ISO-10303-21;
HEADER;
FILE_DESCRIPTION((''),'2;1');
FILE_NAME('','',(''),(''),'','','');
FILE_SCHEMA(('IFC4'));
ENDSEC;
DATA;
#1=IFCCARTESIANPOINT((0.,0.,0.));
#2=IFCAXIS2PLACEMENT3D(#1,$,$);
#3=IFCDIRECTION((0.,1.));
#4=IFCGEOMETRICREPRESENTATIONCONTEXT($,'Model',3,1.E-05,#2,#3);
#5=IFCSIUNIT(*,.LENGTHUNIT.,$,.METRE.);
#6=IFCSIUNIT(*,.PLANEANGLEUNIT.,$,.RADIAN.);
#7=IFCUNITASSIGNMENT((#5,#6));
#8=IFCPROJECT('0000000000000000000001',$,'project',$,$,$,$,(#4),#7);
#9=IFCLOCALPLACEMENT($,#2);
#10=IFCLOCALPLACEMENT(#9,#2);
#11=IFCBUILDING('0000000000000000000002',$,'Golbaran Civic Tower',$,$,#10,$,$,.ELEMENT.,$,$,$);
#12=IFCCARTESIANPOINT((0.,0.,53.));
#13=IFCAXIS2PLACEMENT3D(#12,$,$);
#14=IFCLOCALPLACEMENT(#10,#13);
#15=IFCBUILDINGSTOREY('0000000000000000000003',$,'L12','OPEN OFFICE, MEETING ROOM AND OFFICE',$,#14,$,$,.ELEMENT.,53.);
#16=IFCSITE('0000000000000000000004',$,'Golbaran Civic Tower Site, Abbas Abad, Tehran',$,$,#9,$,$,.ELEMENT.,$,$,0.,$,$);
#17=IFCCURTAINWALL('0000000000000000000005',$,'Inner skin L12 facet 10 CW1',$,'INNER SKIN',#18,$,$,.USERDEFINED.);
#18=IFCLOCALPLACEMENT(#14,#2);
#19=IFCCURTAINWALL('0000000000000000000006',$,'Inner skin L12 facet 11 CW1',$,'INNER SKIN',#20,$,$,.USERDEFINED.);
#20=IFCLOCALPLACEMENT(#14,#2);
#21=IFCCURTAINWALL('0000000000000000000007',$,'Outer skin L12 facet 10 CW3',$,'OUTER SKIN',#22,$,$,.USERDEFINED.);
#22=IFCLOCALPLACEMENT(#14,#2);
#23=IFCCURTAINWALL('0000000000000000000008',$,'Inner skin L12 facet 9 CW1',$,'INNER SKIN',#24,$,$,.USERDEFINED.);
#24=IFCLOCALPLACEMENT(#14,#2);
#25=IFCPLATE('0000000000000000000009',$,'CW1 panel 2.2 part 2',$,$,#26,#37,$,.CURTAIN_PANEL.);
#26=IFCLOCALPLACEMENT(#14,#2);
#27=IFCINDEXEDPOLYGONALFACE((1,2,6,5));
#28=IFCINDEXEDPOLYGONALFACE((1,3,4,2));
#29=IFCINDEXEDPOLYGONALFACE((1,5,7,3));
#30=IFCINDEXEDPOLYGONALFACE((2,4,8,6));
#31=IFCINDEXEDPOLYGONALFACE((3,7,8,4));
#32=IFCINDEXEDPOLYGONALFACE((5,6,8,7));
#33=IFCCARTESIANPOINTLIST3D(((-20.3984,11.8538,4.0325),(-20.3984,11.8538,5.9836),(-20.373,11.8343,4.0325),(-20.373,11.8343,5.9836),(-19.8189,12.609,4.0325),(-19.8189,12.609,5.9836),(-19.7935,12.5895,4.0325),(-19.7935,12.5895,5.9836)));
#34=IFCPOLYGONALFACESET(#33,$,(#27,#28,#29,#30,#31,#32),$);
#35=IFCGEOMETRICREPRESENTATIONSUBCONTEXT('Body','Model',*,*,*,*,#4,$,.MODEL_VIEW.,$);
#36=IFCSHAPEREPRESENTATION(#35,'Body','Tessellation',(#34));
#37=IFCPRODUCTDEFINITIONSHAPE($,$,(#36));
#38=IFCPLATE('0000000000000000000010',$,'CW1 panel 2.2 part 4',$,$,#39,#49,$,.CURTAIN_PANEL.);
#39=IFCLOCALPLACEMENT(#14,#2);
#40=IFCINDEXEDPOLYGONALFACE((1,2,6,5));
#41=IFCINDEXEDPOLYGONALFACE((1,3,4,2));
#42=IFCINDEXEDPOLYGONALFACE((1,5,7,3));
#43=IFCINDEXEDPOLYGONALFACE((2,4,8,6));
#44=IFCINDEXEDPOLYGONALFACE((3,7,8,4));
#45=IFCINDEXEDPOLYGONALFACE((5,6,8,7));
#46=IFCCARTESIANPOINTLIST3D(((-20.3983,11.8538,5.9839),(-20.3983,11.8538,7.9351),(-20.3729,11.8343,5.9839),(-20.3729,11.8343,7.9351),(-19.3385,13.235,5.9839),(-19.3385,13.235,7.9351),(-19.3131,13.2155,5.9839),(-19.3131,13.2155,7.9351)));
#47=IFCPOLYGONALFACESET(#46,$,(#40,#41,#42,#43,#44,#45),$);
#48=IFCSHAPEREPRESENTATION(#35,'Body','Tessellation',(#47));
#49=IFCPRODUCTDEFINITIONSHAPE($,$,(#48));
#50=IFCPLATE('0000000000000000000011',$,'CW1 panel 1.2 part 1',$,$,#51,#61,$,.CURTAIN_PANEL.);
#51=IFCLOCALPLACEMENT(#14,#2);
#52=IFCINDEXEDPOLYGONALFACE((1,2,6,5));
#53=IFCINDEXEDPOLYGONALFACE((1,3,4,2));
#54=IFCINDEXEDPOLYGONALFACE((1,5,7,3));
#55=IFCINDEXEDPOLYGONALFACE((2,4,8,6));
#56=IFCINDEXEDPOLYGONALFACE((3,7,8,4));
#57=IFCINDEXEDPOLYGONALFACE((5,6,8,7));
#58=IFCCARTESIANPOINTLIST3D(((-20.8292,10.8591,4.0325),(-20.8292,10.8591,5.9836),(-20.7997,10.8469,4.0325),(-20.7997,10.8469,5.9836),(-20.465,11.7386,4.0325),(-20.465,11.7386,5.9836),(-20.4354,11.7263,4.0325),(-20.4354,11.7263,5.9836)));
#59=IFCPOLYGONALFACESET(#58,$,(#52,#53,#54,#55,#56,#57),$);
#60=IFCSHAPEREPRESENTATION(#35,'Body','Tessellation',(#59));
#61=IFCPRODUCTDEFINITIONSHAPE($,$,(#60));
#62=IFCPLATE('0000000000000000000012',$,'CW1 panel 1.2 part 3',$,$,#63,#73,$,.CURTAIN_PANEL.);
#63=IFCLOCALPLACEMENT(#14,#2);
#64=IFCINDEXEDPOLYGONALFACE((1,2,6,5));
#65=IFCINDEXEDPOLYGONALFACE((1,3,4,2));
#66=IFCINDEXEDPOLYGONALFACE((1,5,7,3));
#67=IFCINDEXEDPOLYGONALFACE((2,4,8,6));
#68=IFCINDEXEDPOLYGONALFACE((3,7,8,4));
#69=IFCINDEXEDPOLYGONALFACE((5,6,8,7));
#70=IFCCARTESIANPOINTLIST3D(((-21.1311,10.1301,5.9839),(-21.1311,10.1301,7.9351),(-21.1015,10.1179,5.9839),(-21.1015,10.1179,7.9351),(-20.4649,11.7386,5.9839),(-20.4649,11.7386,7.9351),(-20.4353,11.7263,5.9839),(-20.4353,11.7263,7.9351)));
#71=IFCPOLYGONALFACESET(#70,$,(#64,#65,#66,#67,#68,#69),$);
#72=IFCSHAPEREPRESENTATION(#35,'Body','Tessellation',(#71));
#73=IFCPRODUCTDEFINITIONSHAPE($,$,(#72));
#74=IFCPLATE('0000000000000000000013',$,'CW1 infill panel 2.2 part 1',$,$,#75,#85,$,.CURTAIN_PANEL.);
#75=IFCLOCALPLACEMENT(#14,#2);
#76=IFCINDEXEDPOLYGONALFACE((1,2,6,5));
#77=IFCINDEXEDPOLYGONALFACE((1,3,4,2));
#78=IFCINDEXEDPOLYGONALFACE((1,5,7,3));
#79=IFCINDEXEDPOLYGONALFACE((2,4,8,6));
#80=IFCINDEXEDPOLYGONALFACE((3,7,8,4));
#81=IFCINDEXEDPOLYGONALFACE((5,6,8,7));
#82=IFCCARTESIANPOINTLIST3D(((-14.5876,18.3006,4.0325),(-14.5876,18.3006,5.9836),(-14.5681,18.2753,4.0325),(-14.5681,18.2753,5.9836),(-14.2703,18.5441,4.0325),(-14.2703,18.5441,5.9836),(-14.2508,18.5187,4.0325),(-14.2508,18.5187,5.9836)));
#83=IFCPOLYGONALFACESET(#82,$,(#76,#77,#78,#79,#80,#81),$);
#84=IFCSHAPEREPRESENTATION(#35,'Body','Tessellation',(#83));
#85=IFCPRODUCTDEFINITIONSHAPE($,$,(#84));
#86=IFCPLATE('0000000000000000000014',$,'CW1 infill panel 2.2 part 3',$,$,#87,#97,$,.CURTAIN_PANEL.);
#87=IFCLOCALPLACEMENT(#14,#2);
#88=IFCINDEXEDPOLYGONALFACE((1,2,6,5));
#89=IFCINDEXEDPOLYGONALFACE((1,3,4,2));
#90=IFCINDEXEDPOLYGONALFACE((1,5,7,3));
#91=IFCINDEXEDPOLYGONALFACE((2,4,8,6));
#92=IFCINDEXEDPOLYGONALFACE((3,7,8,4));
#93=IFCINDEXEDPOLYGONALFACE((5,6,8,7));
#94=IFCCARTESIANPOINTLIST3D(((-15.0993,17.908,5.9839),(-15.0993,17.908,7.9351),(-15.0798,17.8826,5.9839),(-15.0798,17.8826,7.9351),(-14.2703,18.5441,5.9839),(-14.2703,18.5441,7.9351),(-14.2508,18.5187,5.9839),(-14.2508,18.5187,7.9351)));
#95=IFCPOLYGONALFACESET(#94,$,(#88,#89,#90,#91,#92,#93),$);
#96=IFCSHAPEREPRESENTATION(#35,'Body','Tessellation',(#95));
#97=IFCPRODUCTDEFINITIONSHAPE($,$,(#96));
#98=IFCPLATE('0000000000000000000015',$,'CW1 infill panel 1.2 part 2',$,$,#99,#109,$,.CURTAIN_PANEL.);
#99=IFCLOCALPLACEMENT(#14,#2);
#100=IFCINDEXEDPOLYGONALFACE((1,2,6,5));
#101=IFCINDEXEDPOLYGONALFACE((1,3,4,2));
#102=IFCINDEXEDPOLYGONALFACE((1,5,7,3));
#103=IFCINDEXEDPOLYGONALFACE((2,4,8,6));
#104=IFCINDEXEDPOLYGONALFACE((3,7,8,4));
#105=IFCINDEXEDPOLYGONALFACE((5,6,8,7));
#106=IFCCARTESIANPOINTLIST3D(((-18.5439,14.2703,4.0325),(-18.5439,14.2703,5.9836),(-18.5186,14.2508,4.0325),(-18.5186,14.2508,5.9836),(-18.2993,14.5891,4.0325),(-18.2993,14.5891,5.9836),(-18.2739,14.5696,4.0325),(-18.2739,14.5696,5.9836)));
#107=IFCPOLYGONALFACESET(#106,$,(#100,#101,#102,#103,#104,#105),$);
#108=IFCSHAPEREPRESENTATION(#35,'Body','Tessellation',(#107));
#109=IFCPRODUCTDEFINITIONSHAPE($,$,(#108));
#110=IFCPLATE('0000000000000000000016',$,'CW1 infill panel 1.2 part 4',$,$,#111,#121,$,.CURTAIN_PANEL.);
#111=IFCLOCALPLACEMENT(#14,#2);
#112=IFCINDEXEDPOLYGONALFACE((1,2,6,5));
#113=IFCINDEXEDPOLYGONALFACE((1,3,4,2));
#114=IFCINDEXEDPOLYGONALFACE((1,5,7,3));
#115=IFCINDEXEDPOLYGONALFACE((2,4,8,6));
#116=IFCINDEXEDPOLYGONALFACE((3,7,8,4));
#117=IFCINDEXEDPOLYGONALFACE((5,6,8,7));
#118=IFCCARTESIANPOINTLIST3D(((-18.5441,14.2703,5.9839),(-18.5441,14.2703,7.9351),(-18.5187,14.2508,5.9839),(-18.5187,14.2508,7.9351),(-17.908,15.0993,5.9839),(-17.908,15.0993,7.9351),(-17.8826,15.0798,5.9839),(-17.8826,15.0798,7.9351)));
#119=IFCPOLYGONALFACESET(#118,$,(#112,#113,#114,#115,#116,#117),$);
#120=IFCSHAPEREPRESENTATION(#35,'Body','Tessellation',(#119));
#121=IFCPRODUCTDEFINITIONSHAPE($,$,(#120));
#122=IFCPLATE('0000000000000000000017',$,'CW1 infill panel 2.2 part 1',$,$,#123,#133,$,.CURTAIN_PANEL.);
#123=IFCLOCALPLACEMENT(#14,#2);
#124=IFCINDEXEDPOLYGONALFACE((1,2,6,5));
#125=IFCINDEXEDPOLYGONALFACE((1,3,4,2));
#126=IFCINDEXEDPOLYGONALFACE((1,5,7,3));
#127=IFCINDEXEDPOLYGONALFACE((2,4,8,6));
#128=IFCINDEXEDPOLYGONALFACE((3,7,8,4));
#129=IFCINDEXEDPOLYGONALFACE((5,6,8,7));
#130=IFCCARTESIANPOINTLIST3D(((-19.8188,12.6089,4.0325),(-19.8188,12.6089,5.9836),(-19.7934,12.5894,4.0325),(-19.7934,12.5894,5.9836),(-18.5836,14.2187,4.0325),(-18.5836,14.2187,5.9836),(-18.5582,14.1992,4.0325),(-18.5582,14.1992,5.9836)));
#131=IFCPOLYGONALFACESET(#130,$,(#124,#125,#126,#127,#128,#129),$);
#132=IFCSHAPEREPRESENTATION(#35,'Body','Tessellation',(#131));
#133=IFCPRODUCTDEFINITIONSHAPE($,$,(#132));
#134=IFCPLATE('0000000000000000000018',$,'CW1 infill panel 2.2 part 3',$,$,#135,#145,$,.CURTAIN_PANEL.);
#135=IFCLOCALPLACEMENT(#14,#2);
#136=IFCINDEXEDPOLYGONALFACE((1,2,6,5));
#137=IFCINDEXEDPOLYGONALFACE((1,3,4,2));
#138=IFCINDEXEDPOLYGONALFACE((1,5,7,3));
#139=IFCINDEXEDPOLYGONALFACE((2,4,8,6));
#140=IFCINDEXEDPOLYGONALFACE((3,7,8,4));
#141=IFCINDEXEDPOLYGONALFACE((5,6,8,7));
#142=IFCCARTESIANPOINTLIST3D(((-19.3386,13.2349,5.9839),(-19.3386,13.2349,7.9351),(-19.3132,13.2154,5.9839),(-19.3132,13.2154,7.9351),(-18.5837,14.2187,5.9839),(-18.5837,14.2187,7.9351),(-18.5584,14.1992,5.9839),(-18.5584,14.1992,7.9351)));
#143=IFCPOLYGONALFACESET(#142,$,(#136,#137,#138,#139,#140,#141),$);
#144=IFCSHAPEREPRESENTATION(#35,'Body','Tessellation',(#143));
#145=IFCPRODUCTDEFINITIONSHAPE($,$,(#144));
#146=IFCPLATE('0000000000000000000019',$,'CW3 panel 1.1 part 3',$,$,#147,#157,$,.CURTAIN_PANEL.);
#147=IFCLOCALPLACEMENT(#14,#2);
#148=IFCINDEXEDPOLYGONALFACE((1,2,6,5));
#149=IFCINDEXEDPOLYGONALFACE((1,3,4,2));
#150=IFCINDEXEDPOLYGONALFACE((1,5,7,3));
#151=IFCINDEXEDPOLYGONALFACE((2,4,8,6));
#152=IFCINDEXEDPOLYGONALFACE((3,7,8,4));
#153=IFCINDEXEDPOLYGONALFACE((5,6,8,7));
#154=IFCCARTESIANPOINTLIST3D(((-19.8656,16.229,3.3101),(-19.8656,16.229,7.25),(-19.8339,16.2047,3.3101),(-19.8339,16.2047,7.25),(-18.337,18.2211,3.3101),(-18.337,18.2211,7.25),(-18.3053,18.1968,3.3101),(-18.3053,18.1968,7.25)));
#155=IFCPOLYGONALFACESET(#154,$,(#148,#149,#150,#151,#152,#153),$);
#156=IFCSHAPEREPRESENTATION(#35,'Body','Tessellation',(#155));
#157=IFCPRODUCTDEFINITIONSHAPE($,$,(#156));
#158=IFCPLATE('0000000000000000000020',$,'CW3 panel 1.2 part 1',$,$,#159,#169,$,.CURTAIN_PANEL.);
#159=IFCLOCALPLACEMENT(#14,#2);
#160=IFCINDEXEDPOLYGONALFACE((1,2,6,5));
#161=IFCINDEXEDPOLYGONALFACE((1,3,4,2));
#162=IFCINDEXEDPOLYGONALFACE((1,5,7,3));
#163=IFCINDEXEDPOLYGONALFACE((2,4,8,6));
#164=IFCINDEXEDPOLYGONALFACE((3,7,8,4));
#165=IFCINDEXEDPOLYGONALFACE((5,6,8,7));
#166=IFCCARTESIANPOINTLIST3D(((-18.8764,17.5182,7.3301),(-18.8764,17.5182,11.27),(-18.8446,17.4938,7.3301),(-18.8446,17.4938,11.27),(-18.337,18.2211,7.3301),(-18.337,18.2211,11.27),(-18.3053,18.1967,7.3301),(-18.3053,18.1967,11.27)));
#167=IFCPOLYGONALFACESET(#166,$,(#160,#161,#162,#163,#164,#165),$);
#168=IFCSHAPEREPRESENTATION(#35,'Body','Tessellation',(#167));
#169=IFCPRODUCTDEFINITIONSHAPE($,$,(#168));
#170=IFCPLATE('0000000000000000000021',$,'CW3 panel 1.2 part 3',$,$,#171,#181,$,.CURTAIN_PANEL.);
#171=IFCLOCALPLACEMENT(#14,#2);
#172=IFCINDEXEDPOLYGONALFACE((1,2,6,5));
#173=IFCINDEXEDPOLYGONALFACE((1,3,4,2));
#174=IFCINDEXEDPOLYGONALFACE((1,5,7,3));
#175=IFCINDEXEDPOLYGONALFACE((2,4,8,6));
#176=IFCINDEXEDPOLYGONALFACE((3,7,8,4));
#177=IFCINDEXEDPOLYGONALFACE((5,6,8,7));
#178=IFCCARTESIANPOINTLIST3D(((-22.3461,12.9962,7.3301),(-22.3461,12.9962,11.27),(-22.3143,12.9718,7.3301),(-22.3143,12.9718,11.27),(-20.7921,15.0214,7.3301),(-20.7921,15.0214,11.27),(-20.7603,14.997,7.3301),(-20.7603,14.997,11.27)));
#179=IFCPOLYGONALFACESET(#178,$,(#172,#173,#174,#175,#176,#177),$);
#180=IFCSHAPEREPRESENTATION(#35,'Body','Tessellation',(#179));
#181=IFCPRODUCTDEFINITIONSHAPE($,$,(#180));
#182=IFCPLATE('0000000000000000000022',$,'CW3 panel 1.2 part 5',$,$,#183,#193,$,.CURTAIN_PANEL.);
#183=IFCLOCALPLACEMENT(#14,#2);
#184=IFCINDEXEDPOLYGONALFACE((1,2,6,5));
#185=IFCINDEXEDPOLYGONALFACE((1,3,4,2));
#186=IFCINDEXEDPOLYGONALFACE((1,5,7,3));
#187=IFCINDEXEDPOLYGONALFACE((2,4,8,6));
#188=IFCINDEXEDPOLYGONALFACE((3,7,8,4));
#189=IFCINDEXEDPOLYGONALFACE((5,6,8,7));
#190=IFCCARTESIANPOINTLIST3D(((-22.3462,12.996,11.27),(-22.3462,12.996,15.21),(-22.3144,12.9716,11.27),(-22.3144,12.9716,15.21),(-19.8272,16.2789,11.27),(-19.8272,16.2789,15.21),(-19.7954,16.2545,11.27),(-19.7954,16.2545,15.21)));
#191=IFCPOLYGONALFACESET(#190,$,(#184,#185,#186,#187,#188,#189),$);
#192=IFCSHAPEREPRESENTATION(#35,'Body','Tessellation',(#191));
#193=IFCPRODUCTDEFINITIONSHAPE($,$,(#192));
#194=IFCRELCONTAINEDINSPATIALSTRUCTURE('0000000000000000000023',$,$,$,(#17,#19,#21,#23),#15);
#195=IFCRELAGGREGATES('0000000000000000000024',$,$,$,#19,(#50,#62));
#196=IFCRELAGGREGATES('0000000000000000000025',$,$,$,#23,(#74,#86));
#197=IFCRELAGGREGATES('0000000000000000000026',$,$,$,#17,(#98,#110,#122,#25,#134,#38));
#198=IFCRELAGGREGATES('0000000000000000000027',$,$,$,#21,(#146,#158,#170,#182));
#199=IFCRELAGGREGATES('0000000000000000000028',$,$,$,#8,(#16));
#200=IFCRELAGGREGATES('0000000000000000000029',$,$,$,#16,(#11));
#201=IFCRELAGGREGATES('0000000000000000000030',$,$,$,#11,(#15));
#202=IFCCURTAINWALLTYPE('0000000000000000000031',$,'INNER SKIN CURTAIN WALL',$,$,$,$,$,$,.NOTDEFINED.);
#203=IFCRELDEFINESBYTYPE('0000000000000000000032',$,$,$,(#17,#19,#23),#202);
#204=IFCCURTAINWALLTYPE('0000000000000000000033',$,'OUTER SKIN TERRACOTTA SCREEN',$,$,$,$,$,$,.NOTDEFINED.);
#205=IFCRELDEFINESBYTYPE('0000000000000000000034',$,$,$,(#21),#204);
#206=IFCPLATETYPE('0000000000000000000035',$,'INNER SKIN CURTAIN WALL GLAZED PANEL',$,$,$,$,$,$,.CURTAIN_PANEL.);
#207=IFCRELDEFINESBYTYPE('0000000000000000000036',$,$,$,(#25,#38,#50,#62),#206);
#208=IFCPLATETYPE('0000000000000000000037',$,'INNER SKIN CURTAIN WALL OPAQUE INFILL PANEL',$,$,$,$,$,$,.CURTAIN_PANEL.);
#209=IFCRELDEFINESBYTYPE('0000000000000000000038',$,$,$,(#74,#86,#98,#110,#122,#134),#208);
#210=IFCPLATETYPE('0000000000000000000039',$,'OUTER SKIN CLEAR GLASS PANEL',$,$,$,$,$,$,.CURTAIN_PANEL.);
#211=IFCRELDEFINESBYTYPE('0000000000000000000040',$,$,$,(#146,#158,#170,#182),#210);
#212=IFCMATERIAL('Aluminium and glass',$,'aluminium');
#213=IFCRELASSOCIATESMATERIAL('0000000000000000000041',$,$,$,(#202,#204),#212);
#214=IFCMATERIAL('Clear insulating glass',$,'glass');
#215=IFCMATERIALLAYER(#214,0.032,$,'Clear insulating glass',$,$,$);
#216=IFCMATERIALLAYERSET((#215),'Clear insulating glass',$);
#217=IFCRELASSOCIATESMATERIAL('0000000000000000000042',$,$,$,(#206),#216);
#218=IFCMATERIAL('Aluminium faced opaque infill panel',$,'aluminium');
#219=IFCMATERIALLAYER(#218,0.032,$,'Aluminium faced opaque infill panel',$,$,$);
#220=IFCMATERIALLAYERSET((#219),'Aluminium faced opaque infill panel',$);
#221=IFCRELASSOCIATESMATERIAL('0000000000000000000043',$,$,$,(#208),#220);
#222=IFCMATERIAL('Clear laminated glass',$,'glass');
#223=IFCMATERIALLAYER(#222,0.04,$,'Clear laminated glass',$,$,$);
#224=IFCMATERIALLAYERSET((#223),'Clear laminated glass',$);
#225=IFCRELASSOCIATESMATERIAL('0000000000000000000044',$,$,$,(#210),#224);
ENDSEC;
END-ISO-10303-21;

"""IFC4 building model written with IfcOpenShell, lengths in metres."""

from ifc_helpers import new_model, si_unit, direction, frame, origin, origin_2d, place, context, subcontext, project, spatial, rectangle, extrude, material, layer, layer_set, type_object, element, aggregate, save


model = new_model("IFC4")

# Units and contexts
model_context = context("Model", 3, precision=1e-05, world=origin(), true_north=direction((0.0, 1.0)))
body_context = subcontext(model_context, "Body", "Model", "MODEL_VIEW")
ifc_project = project(units=[si_unit("LENGTHUNIT", "METRE"), si_unit("PLANEANGLEUNIT", "RADIAN")], contexts=[model_context])

# Site, building, storey
site_placement = place(None, origin())
site = spatial("IfcSite", under=ifc_project, at=site_placement, Name="Golbaran Civic Tower Site, Abbas Abad, Tehran", CompositionType="ELEMENT", RefElevation=0.0)
building_placement = place(site_placement, origin())
building = spatial("IfcBuilding", under=site, at=building_placement, Name="Golbaran Civic Tower", CompositionType="ELEMENT")
storey_placement = place(building_placement, frame((0.0, 0.0, 53.0)))
storey = spatial("IfcBuildingStorey", under=building, at=storey_placement, Name="L12", Description="OPEN OFFICE, MEETING ROOM AND OFFICE", CompositionType="ELEMENT", Elevation=53.0)

# Curtain walls
ifc_material_1 = material(Name="Aluminium and glass", Category="aluminium")
curtain_wall_type_1 = type_object("IfcCurtainWallType", Name="INNER SKIN CURTAIN WALL", PredefinedType="NOTDEFINED", material=ifc_material_1)
curtain_wall_1_placement = place(storey_placement, origin())
curtain_wall_1 = element("IfcCurtainWall", 1, at=curtain_wall_1_placement, inside=storey, type_object=curtain_wall_type_1, Name="Inner skin L12 facet 10 CW1", ObjectType="INNER SKIN", PredefinedType="USERDEFINED")
curtain_wall_2_placement = place(storey_placement, origin())
curtain_wall_2 = element("IfcCurtainWall", 2, at=curtain_wall_2_placement, inside=storey, type_object=curtain_wall_type_1, Name="Inner skin L12 facet 11 CW1", ObjectType="INNER SKIN", PredefinedType="USERDEFINED")
curtain_wall_type_2 = type_object("IfcCurtainWallType", Name="OUTER SKIN TERRACOTTA SCREEN", PredefinedType="NOTDEFINED", material=ifc_material_1)
curtain_wall_3_placement = place(storey_placement, origin())
curtain_wall_3 = element("IfcCurtainWall", 3, at=curtain_wall_3_placement, inside=storey, type_object=curtain_wall_type_2, Name="Outer skin L12 facet 10 CW3", ObjectType="OUTER SKIN", PredefinedType="USERDEFINED")

# Curtain wall
curtain_wall_4_placement = place(storey_placement, origin())
curtain_wall_4 = element("IfcCurtainWall", 4, at=curtain_wall_4_placement, inside=storey, type_object=curtain_wall_type_1, Name="Inner skin L12 facet 9 CW1", ObjectType="INNER SKIN", PredefinedType="USERDEFINED")
ifc_material_2 = material(Name="Clear insulating glass", Category="glass")
ifc_layer_1 = layer(ifc_material_2, 0.032, Name="Clear insulating glass")
ifc_layer_set_1 = layer_set([ifc_layer_1], Name="Clear insulating glass")
plate_type_1 = type_object("IfcPlateType", Name="INNER SKIN CURTAIN WALL GLAZED PANEL", PredefinedType="CURTAIN_PANEL", material=ifc_layer_set_1)

# Plates
plate_1_placement = place(storey_placement, frame((-20.0959, 12.2217, 4.0325), z_axis=(0.0, 0.0, 1.0), x_axis=(-0.608761, -0.793353, 0.0)))
plate_1 = element("IfcPlate", 5, at=plate_1_placement, type_object=plate_type_1, Name="CW1 panel 2.2 part 2", PredefinedType="CURTAIN_PANEL", context=body_context, shape_type="SweptSolid", body=[
    extrude(rectangle(XDim=0.9519, YDim=0.032, at=origin_2d()), origin(), (0.0, 0.0, 1.0), 1.9512),
])
plate_2_placement = place(storey_placement, frame((-19.8557, 12.5347, 5.9839), z_axis=(0.0, 0.0, 1.0), x_axis=(-0.608761, -0.793353, 0.0)))
plate_2 = element("IfcPlate", 6, at=plate_2_placement, type_object=plate_type_1, Name="CW1 panel 2.2 part 4", PredefinedType="CURTAIN_PANEL", context=body_context, shape_type="SweptSolid", body=[
    extrude(rectangle(XDim=1.741, YDim=0.032, at=origin_2d()), origin(), (0.0, 0.0, 1.0), 1.9512),
])
plate_3_placement = place(storey_placement, frame((-20.6323, 11.2927, 4.0325), z_axis=(0.0, 0.0, 1.0), x_axis=(-0.382683, -0.92388, 0.0)))
plate_3 = element("IfcPlate", 7, at=plate_3_placement, type_object=plate_type_1, Name="CW1 panel 1.2 part 1", PredefinedType="CURTAIN_PANEL", context=body_context, shape_type="SweptSolid", body=[
    extrude(rectangle(XDim=0.9519, YDim=0.032, at=origin_2d()), origin(), (0.0, 0.0, 1.0), 1.9512),
])
plate_4_placement = place(storey_placement, frame((-20.7832, 10.9282, 5.9839), z_axis=(0.0, 0.0, 1.0), x_axis=(-0.382683, -0.92388, 0.0)))
plate_4 = element("IfcPlate", 8, at=plate_4_placement, type_object=plate_type_1, Name="CW1 panel 1.2 part 3", PredefinedType="CURTAIN_PANEL", context=body_context, shape_type="SweptSolid", body=[
    extrude(rectangle(XDim=1.741, YDim=0.032, at=origin_2d()), origin(), (0.0, 0.0, 1.0), 1.9512),
])
aggregate(curtain_wall_2, [plate_3, plate_4])
ifc_material_3 = material(Name="Aluminium faced opaque infill panel", Category="aluminium")
ifc_layer_2 = layer(ifc_material_3, 0.032, Name="Aluminium faced opaque infill panel")
ifc_layer_set_2 = layer_set([ifc_layer_2], Name="Aluminium faced opaque infill panel")
plate_type_2 = type_object("IfcPlateType", Name="INNER SKIN CURTAIN WALL OPAQUE INFILL PANEL", PredefinedType="CURTAIN_PANEL", material=ifc_layer_set_2)
plate_5_placement = place(storey_placement, frame((-14.4192, 18.4097, 4.0325), z_axis=(0.0, 0.0, 1.0), x_axis=(-0.793353, -0.608761, 0.0)))
plate_5 = element("IfcPlate", 9, at=plate_5_placement, type_object=plate_type_2, Name="CW1 infill panel 2.2 part 1", PredefinedType="CURTAIN_PANEL", context=body_context, shape_type="SweptSolid", body=[
    extrude(rectangle(XDim=0.3999, YDim=0.032, at=origin_2d()), origin(), (0.0, 0.0, 1.0), 1.9512),
])
plate_6_placement = place(storey_placement, frame((-14.675, 18.2134, 5.9839), z_axis=(0.0, 0.0, 1.0), x_axis=(-0.793353, -0.608761, 0.0)))
plate_6 = element("IfcPlate", 10, at=plate_6_placement, type_object=plate_type_2, Name="CW1 infill panel 2.2 part 3", PredefinedType="CURTAIN_PANEL", context=body_context, shape_type="SweptSolid", body=[
    extrude(rectangle(XDim=1.0449, YDim=0.032, at=origin_2d()), origin(), (0.0, 0.0, 1.0), 1.9512),
])
aggregate(curtain_wall_4, [plate_5, plate_6])
plate_7_placement = place(storey_placement, frame((-18.4089, 14.4199, 4.0325), z_axis=(0.0, 0.0, 1.0), x_axis=(-0.608761, -0.793353, 0.0)))
plate_7 = element("IfcPlate", 11, at=plate_7_placement, type_object=plate_type_2, Name="CW1 infill panel 1.2 part 2", PredefinedType="CURTAIN_PANEL", context=body_context, shape_type="SweptSolid", body=[
    extrude(rectangle(XDim=0.4019, YDim=0.032, at=origin_2d()), origin(), (0.0, 0.0, 1.0), 1.9512),
])
plate_8_placement = place(storey_placement, frame((-18.2134, 14.675, 5.9839), z_axis=(0.0, 0.0, 1.0), x_axis=(-0.608761, -0.793353, 0.0)))
plate_8 = element("IfcPlate", 12, at=plate_8_placement, type_object=plate_type_2, Name="CW1 infill panel 1.2 part 4", PredefinedType="CURTAIN_PANEL", context=body_context, shape_type="SweptSolid", body=[
    extrude(rectangle(XDim=1.0449, YDim=0.032, at=origin_2d()), origin(), (0.0, 0.0, 1.0), 1.9512),
])
plate_9_placement = place(storey_placement, frame((-19.1885, 13.4041, 4.0325), z_axis=(0.0, 0.0, 1.0), x_axis=(-0.608761, -0.793353, 0.0)))
plate_9 = element("IfcPlate", 13, at=plate_9_placement, type_object=plate_type_2, Name="CW1 infill panel 2.2 part 1", PredefinedType="CURTAIN_PANEL", context=body_context, shape_type="SweptSolid", body=[
    extrude(rectangle(XDim=2.0291, YDim=0.032, at=origin_2d()), origin(), (0.0, 0.0, 1.0), 1.9512),
])
plate_10_placement = place(storey_placement, frame((-18.9485, 13.717, 5.9839), z_axis=(0.0, 0.0, 1.0), x_axis=(-0.608761, -0.793353, 0.0)))
plate_10 = element("IfcPlate", 14, at=plate_10_placement, type_object=plate_type_2, Name="CW1 infill panel 2.2 part 3", PredefinedType="CURTAIN_PANEL", context=body_context, shape_type="SweptSolid", body=[
    extrude(rectangle(XDim=1.24, YDim=0.032, at=origin_2d()), origin(), (0.0, 0.0, 1.0), 1.9512),
])
aggregate(curtain_wall_1, [plate_7, plate_8, plate_9, plate_1, plate_10, plate_2])
ifc_material_4 = material(Name="Clear laminated glass", Category="glass")
ifc_layer_3 = layer(ifc_material_4, 0.04, Name="Clear laminated glass")
ifc_layer_set_3 = layer_set([ifc_layer_3], Name="Clear laminated glass")
plate_type_3 = type_object("IfcPlateType", Name="OUTER SKIN CLEAR GLASS PANEL", PredefinedType="CURTAIN_PANEL", material=ifc_layer_set_3)
plate_11_placement = place(storey_placement, frame((-19.0854, 17.2129, 3.3101), z_axis=(0.0, 0.0, 1.0), x_axis=(-0.608761, -0.793353, 0.0)))
plate_11 = element("IfcPlate", 15, at=plate_11_placement, type_object=plate_type_3, Name="CW3 panel 1.1 part 3", PredefinedType="CURTAIN_PANEL", context=body_context, shape_type="SweptSolid", body=[
    extrude(rectangle(XDim=2.511, YDim=0.04, at=origin_2d()), origin(), (0.0, 0.0, 1.0), 3.9399),
])
plate_12_placement = place(storey_placement, frame((-18.5908, 17.8574, 7.3301), z_axis=(0.0, 0.0, 1.0), x_axis=(-0.608761, -0.793353, 0.0)))
plate_12 = element("IfcPlate", 16, at=plate_12_placement, type_object=plate_type_3, Name="CW3 panel 1.2 part 1", PredefinedType="CURTAIN_PANEL", context=body_context, shape_type="SweptSolid", body=[
    extrude(rectangle(XDim=0.886, YDim=0.04, at=origin_2d()), origin(), (0.0, 0.0, 1.0), 3.9399),
])
plate_13_placement = place(storey_placement, frame((-21.5532, 13.9966, 7.3301), z_axis=(0.0, 0.0, 1.0), x_axis=(-0.608761, -0.793353, 0.0)))
plate_13 = element("IfcPlate", 17, at=plate_13_placement, type_object=plate_type_3, Name="CW3 panel 1.2 part 3", PredefinedType="CURTAIN_PANEL", context=body_context, shape_type="SweptSolid", body=[
    extrude(rectangle(XDim=2.5527, YDim=0.04, at=origin_2d()), origin(), (0.0, 0.0, 1.0), 3.9399),
])
plate_14_placement = place(storey_placement, frame((-21.0708, 14.6252, 11.27), z_axis=(0.0, 0.0, 1.0), x_axis=(-0.608761, -0.793353, 0.0)))
plate_14 = element("IfcPlate", 18, at=plate_14_placement, type_object=plate_type_3, Name="CW3 panel 1.2 part 5", PredefinedType="CURTAIN_PANEL", context=body_context, shape_type="SweptSolid", body=[
    extrude(rectangle(XDim=4.1379, YDim=0.04, at=origin_2d()), origin(), (0.0, 0.0, 1.0), 3.9399),
])
aggregate(curtain_wall_3, [plate_11, plate_12, plate_13, plate_14])

save(model, "model.ifc")
